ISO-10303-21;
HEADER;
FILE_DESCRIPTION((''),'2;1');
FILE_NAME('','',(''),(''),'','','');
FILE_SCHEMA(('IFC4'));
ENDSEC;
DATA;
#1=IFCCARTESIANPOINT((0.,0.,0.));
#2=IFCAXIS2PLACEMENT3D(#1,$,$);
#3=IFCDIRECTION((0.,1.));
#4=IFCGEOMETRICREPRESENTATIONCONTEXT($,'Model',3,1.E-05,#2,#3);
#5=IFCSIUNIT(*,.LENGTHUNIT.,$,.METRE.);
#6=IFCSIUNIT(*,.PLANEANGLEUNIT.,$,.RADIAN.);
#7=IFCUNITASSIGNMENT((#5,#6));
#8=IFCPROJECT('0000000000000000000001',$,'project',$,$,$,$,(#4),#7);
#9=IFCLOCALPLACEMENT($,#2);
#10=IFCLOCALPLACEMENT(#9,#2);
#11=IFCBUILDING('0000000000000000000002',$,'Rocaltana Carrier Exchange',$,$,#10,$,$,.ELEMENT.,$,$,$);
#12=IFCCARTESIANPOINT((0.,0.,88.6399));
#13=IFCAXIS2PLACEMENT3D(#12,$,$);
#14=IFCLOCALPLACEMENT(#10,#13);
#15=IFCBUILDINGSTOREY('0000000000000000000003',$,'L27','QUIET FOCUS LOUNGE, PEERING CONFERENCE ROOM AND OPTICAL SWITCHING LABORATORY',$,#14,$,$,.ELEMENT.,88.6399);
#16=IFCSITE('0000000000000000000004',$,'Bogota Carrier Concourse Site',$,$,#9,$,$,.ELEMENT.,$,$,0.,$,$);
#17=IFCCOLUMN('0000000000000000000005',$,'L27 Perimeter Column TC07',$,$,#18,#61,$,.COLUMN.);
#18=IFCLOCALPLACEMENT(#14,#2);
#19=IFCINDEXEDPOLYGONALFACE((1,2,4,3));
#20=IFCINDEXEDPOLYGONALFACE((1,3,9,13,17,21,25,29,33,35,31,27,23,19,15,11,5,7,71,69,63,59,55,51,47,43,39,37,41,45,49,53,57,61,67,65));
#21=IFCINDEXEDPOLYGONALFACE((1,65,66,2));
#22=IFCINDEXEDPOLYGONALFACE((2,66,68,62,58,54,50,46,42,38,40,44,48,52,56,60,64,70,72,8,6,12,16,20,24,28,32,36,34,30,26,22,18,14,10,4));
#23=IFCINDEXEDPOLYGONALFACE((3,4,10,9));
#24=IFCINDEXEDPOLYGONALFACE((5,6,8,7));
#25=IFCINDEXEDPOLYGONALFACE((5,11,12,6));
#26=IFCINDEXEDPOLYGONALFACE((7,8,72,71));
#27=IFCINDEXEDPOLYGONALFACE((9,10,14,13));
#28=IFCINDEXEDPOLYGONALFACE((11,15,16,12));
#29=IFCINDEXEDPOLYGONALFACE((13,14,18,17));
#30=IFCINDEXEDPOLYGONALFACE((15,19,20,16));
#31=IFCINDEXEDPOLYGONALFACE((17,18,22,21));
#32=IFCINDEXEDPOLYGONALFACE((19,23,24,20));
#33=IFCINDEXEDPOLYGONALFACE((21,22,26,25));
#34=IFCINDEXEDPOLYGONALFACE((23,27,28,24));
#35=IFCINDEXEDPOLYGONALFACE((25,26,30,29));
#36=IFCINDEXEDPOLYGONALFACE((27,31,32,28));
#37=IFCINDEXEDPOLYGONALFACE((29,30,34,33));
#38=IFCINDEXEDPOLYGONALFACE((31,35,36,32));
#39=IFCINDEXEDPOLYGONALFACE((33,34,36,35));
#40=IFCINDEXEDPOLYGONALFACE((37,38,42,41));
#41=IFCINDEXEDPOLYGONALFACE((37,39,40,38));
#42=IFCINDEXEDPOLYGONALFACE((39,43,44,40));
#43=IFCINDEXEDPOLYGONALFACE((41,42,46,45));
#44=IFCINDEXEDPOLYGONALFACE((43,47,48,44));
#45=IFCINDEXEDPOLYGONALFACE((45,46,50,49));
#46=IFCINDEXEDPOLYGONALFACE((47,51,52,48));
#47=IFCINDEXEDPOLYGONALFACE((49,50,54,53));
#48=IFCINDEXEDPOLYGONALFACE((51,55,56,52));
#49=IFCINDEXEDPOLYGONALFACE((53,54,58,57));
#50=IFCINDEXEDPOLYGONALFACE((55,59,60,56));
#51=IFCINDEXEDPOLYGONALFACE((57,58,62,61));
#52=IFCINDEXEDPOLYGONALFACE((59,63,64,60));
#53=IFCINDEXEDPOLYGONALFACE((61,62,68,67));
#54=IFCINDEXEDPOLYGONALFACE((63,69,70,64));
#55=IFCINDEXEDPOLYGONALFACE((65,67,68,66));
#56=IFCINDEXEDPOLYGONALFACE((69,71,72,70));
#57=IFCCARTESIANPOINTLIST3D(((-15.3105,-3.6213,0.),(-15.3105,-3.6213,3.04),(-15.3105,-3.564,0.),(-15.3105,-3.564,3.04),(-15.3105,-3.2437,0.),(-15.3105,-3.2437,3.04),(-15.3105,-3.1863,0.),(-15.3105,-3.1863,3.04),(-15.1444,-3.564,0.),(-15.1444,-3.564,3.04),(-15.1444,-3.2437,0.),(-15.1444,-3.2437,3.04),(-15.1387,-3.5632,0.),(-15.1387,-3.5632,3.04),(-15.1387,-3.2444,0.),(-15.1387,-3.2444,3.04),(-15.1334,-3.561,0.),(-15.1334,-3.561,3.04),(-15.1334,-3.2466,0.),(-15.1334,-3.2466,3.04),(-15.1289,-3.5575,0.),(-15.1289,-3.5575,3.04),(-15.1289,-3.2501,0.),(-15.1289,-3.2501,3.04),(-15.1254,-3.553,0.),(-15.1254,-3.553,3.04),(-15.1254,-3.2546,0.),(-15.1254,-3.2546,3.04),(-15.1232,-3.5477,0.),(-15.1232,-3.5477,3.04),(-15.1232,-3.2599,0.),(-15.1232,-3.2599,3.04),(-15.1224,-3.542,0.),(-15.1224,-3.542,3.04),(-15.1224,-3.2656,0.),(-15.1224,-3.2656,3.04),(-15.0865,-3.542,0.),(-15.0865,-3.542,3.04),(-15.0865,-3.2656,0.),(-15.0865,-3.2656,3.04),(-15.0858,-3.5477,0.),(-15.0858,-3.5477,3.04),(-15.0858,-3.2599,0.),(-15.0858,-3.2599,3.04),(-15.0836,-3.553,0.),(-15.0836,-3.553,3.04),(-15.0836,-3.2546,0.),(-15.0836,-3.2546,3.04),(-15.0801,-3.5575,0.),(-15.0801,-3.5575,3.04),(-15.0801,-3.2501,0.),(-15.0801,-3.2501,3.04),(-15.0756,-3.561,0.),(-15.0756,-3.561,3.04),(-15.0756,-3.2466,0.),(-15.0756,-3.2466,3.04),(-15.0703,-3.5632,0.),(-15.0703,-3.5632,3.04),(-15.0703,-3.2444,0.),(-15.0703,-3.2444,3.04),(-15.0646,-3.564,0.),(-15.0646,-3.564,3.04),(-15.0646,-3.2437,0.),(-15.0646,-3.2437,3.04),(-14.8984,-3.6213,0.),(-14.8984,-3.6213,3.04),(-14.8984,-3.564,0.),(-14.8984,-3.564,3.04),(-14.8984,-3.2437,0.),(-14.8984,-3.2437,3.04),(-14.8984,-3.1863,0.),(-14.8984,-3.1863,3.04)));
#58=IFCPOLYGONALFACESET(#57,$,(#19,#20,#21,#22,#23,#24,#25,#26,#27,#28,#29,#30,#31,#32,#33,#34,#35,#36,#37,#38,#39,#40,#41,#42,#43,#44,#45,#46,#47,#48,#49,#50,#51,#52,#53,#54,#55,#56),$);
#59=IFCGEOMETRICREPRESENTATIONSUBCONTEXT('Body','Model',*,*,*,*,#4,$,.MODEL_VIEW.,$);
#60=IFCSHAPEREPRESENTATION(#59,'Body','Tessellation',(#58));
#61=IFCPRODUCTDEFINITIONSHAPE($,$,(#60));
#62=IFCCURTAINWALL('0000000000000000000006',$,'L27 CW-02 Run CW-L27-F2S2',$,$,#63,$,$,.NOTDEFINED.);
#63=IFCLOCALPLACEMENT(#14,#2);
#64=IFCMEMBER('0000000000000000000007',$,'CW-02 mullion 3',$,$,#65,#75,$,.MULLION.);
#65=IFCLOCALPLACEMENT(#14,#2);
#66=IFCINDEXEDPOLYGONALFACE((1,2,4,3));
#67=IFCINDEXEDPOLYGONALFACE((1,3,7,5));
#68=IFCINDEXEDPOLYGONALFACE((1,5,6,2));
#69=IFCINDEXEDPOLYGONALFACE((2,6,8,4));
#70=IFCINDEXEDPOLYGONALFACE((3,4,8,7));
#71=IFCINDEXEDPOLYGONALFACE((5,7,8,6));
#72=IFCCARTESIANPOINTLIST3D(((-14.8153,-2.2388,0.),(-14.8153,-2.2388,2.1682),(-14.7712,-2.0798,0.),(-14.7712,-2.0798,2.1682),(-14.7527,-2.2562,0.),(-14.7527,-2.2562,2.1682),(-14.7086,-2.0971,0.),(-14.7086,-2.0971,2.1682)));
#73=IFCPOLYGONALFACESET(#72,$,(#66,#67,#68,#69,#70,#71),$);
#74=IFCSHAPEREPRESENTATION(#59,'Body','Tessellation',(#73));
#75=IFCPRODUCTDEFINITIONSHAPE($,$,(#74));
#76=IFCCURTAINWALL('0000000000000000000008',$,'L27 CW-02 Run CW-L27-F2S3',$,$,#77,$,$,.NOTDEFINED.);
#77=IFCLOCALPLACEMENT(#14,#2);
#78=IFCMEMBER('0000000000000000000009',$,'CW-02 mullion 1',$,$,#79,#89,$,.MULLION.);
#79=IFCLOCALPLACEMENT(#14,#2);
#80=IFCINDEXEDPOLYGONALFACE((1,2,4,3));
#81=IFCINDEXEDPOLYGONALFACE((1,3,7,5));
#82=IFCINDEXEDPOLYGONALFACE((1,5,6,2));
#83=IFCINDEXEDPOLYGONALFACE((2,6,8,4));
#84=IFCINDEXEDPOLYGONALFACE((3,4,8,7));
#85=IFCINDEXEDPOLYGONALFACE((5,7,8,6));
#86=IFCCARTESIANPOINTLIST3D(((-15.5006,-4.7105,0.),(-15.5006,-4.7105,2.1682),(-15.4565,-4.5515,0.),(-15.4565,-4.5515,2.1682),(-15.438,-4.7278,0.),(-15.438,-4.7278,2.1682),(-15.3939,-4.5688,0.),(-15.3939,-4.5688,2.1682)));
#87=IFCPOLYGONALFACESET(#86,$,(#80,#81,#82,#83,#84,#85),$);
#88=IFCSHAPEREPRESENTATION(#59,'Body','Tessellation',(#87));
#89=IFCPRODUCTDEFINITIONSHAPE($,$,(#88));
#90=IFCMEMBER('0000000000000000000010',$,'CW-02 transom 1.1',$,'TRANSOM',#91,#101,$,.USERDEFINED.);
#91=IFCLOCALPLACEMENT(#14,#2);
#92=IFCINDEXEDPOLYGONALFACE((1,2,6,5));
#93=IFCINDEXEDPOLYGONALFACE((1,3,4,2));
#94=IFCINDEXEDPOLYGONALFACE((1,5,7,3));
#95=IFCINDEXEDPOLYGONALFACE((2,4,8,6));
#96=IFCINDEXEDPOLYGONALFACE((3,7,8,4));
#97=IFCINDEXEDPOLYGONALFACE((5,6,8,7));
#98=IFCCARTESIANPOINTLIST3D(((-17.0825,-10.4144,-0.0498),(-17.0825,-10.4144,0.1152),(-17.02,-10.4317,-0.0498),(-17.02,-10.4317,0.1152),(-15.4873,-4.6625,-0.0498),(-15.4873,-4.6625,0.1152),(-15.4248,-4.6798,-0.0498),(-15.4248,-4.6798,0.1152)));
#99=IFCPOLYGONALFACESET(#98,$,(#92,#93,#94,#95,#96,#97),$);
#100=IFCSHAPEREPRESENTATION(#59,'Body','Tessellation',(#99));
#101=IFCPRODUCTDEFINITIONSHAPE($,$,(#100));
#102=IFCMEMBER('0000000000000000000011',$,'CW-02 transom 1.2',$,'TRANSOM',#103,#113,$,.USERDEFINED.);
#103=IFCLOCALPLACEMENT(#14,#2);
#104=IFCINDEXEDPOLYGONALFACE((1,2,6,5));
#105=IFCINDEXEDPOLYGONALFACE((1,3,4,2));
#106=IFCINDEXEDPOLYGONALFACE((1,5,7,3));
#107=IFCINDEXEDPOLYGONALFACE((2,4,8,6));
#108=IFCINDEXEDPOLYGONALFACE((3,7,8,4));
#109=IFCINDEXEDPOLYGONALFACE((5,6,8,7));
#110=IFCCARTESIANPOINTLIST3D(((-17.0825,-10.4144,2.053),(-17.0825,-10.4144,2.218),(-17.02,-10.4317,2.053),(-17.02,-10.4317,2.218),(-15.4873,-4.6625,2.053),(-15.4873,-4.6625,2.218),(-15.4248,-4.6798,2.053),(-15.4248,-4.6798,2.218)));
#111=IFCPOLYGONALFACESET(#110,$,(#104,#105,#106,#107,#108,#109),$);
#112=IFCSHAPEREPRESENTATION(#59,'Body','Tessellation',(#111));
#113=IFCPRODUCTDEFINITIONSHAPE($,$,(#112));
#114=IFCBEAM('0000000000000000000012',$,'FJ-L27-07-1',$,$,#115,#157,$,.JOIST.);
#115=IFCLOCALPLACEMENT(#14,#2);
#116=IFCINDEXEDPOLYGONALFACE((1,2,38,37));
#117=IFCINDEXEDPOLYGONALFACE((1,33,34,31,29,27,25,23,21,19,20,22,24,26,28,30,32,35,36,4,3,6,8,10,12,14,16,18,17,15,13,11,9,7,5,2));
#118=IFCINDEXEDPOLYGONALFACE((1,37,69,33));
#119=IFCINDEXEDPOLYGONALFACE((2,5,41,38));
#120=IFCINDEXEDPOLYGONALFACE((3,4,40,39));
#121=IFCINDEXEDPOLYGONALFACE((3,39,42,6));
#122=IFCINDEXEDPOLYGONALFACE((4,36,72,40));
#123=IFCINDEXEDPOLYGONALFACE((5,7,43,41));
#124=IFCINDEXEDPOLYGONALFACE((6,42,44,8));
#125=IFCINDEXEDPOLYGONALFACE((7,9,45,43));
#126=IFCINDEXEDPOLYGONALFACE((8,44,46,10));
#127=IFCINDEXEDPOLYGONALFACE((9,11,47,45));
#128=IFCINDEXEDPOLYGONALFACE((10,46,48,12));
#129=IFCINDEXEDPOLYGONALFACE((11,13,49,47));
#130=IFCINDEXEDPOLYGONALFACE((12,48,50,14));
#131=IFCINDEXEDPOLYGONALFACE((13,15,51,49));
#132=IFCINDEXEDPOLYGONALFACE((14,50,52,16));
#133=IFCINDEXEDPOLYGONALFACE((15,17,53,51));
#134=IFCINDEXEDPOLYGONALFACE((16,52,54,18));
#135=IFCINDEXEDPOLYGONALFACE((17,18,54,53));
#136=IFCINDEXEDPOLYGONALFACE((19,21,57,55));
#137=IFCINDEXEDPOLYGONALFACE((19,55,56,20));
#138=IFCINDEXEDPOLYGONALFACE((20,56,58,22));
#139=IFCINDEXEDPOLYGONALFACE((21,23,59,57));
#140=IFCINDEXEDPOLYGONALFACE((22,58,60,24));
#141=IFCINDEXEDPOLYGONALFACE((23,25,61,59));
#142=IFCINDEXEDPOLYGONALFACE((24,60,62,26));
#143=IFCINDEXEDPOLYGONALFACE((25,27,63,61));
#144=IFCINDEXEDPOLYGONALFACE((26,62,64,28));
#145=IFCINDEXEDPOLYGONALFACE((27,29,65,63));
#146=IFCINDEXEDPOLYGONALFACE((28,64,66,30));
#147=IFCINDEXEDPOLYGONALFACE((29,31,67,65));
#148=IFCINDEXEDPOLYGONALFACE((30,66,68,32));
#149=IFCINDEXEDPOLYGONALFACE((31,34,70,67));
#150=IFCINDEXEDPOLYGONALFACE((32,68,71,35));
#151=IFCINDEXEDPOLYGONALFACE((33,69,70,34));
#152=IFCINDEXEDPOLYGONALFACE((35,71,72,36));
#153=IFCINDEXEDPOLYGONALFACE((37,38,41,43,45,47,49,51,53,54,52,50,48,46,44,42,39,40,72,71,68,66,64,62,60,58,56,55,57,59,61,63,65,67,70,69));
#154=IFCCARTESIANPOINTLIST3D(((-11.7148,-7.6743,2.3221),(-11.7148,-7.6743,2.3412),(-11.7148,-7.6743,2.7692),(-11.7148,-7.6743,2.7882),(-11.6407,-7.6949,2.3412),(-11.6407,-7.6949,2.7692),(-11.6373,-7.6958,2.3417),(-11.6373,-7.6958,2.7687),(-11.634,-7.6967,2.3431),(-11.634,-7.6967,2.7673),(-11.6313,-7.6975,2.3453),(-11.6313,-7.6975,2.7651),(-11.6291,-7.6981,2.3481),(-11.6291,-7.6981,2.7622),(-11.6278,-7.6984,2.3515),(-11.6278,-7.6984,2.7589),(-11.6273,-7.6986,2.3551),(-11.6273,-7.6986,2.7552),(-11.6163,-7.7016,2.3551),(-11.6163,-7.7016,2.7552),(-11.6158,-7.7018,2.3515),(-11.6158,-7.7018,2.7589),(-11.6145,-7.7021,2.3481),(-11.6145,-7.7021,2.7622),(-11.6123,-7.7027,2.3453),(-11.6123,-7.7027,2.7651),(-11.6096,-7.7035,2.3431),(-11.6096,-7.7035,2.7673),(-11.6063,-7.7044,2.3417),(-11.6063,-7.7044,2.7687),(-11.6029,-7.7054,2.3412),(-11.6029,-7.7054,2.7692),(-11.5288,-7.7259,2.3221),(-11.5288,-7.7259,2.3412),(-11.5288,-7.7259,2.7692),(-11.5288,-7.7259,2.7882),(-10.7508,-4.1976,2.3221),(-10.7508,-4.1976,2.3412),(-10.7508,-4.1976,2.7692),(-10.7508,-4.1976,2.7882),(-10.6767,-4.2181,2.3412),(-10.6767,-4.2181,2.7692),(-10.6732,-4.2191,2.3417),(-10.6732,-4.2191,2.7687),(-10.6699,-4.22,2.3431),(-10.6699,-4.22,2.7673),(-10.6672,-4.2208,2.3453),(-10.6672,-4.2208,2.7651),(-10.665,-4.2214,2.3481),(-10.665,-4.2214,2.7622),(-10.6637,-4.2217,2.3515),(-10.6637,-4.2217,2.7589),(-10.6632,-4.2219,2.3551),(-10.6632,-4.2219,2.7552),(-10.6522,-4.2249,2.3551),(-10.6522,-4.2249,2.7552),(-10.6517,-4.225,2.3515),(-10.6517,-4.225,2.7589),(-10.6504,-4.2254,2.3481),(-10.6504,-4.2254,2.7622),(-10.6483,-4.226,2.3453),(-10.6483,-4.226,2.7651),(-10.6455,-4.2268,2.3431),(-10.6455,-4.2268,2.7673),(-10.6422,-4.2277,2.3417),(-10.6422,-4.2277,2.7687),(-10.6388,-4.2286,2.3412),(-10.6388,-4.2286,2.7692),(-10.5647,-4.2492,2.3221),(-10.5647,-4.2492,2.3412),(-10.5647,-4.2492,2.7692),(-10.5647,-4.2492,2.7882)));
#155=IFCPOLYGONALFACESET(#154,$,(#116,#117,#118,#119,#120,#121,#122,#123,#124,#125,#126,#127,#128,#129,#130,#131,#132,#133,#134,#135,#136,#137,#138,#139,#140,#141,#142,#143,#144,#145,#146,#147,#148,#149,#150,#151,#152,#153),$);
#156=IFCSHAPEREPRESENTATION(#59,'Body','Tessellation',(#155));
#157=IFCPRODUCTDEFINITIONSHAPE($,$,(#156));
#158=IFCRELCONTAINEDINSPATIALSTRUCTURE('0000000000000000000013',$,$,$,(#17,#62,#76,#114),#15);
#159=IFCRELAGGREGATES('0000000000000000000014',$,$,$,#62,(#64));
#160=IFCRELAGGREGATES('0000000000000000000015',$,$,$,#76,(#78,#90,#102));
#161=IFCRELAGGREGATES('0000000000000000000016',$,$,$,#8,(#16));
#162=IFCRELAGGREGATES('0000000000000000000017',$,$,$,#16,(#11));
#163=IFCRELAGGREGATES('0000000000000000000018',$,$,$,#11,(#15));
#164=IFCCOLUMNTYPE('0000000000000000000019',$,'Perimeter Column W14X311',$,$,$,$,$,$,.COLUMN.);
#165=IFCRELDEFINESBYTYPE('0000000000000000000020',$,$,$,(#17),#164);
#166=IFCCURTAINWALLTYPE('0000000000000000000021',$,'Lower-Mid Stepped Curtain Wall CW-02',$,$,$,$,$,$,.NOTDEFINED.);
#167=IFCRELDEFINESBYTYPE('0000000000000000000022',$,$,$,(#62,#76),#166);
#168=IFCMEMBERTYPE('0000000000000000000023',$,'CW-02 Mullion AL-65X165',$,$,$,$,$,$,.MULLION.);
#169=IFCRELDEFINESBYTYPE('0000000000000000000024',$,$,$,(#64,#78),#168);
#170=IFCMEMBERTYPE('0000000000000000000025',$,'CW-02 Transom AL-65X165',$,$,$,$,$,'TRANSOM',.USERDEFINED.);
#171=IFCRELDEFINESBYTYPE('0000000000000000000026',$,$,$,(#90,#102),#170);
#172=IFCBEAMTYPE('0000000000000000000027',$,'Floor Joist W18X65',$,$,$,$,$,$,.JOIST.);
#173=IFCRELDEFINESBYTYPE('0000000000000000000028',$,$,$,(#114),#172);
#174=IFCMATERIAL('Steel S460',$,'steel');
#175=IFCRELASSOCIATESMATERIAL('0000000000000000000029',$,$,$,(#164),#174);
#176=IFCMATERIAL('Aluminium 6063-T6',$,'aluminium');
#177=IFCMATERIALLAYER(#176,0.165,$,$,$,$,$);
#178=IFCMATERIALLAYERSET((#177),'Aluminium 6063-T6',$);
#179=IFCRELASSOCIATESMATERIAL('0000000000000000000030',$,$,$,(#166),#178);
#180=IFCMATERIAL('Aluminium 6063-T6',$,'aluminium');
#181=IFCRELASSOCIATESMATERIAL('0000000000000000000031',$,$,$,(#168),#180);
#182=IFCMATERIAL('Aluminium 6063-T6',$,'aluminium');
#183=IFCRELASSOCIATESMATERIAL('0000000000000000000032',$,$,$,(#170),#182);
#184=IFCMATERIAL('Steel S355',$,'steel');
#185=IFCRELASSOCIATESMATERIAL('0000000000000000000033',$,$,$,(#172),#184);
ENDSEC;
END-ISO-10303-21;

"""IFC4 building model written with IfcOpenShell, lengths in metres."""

from ifc_helpers import new_model, si_unit, direction, frame, origin, origin_2d, place, context, subcontext, project, spatial, rectangle, i_section, extrude, material, layer, layer_set, material_profile, profile_set, type_object, element, aggregate, save


model = new_model("IFC4")

# Units and contexts
model_context = context("Model", 3, precision=1e-05, world=origin(), true_north=direction((0.0, 1.0)))
body_context = subcontext(model_context, "Body", "Model", "MODEL_VIEW")
ifc_project = project(units=[si_unit("LENGTHUNIT", "METRE"), si_unit("PLANEANGLEUNIT", "RADIAN")], contexts=[model_context])

# Site, building, storey
site_placement = place(None, origin())
site = spatial("IfcSite", under=ifc_project, at=site_placement, Name="Bogota Carrier Concourse Site", CompositionType="ELEMENT", RefElevation=0.0)
building_placement = place(site_placement, origin())
building = spatial("IfcBuilding", under=site, at=building_placement, Name="Rocaltana Carrier Exchange", CompositionType="ELEMENT")
storey_placement = place(building_placement, frame((0.0, 0.0, 88.6399)))
storey = spatial("IfcBuildingStorey", under=building, at=storey_placement, Name="L27", Description="QUIET FOCUS LOUNGE, PEERING CONFERENCE ROOM AND OPTICAL SWITCHING LABORATORY", CompositionType="ELEMENT", Elevation=88.6399)

# Column
ifc_material_1 = material(Name="Steel S460", Category="steel")
ifc_material_profile_1 = material_profile(ifc_material_1, i_section(OverallWidth=0.4121, OverallDepth=0.4351, WebThickness=0.0359, FlangeThickness=0.0574, FilletRadius=0.022, at=origin_2d()), Name="W14X311")
ifc_profile_set_1 = profile_set([ifc_material_profile_1], Name="Steel S460")
column_type = type_object("IfcColumnType", Name="Perimeter Column W14X311", PredefinedType="COLUMN", material=ifc_profile_set_1)
column_placement = place(storey_placement, frame((-15.1045, -3.4038, 0.0), z_axis=(0.0, 0.0, 1.0), x_axis=(1.0, 0.0, 0.0)))
element("IfcColumn", 1, at=column_placement, inside=storey, type_object=column_type, Name="L27 Perimeter Column TC07", PredefinedType="COLUMN", context=body_context, shape_type="SweptSolid", body=[
    extrude(i_section(OverallWidth=0.4121, OverallDepth=0.4351, WebThickness=0.0359, FlangeThickness=0.0574, FilletRadius=0.022, at=origin_2d()), origin(), (0.0, 0.0, 1.0), 3.04),
])

# Curtain wall, member
ifc_material_2 = material(Name="Aluminium 6063-T6", Category="aluminium")
ifc_layer_1 = layer(ifc_material_2, 0.165)
ifc_layer_set_1 = layer_set([ifc_layer_1], Name="Aluminium 6063-T6")
curtain_wall_type = type_object("IfcCurtainWallType", Name="Lower-Mid Stepped Curtain Wall CW-02", PredefinedType="NOTDEFINED", material=ifc_layer_set_1)
curtain_wall_1_placement = place(storey_placement, origin())
curtain_wall_1 = element("IfcCurtainWall", 2, at=curtain_wall_1_placement, inside=storey, type_object=curtain_wall_type, Name="L27 CW-02 Run CW-L27-F2S2", PredefinedType="NOTDEFINED")
ifc_material_3 = material(Name="Aluminium 6063-T6", Category="aluminium")
ifc_material_profile_2 = material_profile(ifc_material_3, rectangle(XDim=0.0649, YDim=0.165, at=origin_2d()), Name="AL-65X165")
ifc_profile_set_2 = profile_set([ifc_material_profile_2], Name="Aluminium 6063-T6")
member_type_1 = type_object("IfcMemberType", Name="CW-02 Mullion AL-65X165", PredefinedType="MULLION", material=ifc_profile_set_2)
member_1_placement = place(storey_placement, frame((-14.762, -2.168, 0.0), z_axis=(0.0, 0.0, 1.0), x_axis=(0.963631, -0.267238, 0.0)))
member_1 = element("IfcMember", 3, at=member_1_placement, type_object=member_type_1, Name="CW-02 mullion 3", PredefinedType="MULLION", context=body_context, shape_type="SweptSolid", body=[
    extrude(rectangle(XDim=0.0649, YDim=0.165, at=origin_2d()), origin(), (0.0, 0.0, 1.0), 2.1682),
])
aggregate(curtain_wall_1, [member_1])

# Curtain wall, members
curtain_wall_2_placement = place(storey_placement, origin())
curtain_wall_2 = element("IfcCurtainWall", 4, at=curtain_wall_2_placement, inside=storey, type_object=curtain_wall_type, Name="L27 CW-02 Run CW-L27-F2S3", PredefinedType="NOTDEFINED")
member_2_placement = place(storey_placement, frame((-15.4473, -4.6396, 0.0), z_axis=(0.0, 0.0, 1.0), x_axis=(0.963629, -0.267243, 0.0)))
member_2 = element("IfcMember", 5, at=member_2_placement, type_object=member_type_1, Name="CW-02 mullion 1", PredefinedType="MULLION", context=body_context, shape_type="SweptSolid", body=[
    extrude(rectangle(XDim=0.0649, YDim=0.165, at=origin_2d()), origin(), (0.0, 0.0, 1.0), 2.1682),
])
ifc_material_4 = material(Name="Aluminium 6063-T6", Category="aluminium")
ifc_material_profile_3 = material_profile(ifc_material_4, rectangle(XDim=0.0649, YDim=0.165, at=origin_2d()), Name="AL-65X165")
ifc_profile_set_3 = profile_set([ifc_material_profile_3], Name="Aluminium 6063-T6")
member_type_2 = type_object("IfcMemberType", Name="CW-02 Transom AL-65X165", ElementType="TRANSOM", PredefinedType="USERDEFINED", material=ifc_profile_set_3)
member_3_placement = place(storey_placement, frame((-15.4561, -4.6711, 0.0327), z_axis=(-0.267247, -0.963628, 0.0), x_axis=(0.963628, -0.267247, 0.0)))
member_3 = element("IfcMember", 6, at=member_3_placement, type_object=member_type_2, Name="CW-02 transom 1.1", ObjectType="TRANSOM", PredefinedType="USERDEFINED", context=body_context, shape_type="SweptSolid", body=[
    extrude(rectangle(XDim=0.0649, YDim=0.165, at=origin_2d()), origin(), (0.0, 0.0, 1.0), 5.969),
])
member_4_placement = place(storey_placement, frame((-15.4561, -4.6711, 2.1355), z_axis=(-0.267247, -0.963628, 0.0), x_axis=(0.963628, -0.267247, 0.0)))
member_4 = element("IfcMember", 7, at=member_4_placement, type_object=member_type_2, Name="CW-02 transom 1.2", ObjectType="TRANSOM", PredefinedType="USERDEFINED", context=body_context, shape_type="SweptSolid", body=[
    extrude(rectangle(XDim=0.0649, YDim=0.165, at=origin_2d()), origin(), (0.0, 0.0, 1.0), 5.969),
])

# Beam
ifc_material_5 = material(Name="Steel S355", Category="steel")
ifc_material_profile_4 = material_profile(ifc_material_5, i_section(OverallWidth=0.1931, OverallDepth=0.4661, WebThickness=0.0115, FlangeThickness=0.019, FilletRadius=0.0139, at=origin_2d()), Name="W18X65")
ifc_profile_set_4 = profile_set([ifc_material_profile_4], Name="Steel S355")
beam_type_1 = type_object("IfcBeamType", Name="Floor Joist W18X65", PredefinedType="JOIST", material=ifc_profile_set_4)
beam_1_placement = place(storey_placement, frame((-10.6577, -4.2234, 2.5552), z_axis=(-0.267215, -0.963637, 0.0), x_axis=(0.963637, -0.267215, 0.0)))
element("IfcBeam", 8, at=beam_1_placement, inside=storey, type_object=beam_type_1, Name="FJ-L27-07-1", PredefinedType="JOIST", context=body_context, shape_type="SweptSolid", body=[
    extrude(i_section(OverallWidth=0.1931, OverallDepth=0.4661, WebThickness=0.0115, FlangeThickness=0.019, FilletRadius=0.0139, at=origin_2d()), origin(), (0.0, 0.0, 1.0), 3.6079),
])

aggregate(curtain_wall_2, [member_2, member_3, member_4])

save(model, "model.ifc")
